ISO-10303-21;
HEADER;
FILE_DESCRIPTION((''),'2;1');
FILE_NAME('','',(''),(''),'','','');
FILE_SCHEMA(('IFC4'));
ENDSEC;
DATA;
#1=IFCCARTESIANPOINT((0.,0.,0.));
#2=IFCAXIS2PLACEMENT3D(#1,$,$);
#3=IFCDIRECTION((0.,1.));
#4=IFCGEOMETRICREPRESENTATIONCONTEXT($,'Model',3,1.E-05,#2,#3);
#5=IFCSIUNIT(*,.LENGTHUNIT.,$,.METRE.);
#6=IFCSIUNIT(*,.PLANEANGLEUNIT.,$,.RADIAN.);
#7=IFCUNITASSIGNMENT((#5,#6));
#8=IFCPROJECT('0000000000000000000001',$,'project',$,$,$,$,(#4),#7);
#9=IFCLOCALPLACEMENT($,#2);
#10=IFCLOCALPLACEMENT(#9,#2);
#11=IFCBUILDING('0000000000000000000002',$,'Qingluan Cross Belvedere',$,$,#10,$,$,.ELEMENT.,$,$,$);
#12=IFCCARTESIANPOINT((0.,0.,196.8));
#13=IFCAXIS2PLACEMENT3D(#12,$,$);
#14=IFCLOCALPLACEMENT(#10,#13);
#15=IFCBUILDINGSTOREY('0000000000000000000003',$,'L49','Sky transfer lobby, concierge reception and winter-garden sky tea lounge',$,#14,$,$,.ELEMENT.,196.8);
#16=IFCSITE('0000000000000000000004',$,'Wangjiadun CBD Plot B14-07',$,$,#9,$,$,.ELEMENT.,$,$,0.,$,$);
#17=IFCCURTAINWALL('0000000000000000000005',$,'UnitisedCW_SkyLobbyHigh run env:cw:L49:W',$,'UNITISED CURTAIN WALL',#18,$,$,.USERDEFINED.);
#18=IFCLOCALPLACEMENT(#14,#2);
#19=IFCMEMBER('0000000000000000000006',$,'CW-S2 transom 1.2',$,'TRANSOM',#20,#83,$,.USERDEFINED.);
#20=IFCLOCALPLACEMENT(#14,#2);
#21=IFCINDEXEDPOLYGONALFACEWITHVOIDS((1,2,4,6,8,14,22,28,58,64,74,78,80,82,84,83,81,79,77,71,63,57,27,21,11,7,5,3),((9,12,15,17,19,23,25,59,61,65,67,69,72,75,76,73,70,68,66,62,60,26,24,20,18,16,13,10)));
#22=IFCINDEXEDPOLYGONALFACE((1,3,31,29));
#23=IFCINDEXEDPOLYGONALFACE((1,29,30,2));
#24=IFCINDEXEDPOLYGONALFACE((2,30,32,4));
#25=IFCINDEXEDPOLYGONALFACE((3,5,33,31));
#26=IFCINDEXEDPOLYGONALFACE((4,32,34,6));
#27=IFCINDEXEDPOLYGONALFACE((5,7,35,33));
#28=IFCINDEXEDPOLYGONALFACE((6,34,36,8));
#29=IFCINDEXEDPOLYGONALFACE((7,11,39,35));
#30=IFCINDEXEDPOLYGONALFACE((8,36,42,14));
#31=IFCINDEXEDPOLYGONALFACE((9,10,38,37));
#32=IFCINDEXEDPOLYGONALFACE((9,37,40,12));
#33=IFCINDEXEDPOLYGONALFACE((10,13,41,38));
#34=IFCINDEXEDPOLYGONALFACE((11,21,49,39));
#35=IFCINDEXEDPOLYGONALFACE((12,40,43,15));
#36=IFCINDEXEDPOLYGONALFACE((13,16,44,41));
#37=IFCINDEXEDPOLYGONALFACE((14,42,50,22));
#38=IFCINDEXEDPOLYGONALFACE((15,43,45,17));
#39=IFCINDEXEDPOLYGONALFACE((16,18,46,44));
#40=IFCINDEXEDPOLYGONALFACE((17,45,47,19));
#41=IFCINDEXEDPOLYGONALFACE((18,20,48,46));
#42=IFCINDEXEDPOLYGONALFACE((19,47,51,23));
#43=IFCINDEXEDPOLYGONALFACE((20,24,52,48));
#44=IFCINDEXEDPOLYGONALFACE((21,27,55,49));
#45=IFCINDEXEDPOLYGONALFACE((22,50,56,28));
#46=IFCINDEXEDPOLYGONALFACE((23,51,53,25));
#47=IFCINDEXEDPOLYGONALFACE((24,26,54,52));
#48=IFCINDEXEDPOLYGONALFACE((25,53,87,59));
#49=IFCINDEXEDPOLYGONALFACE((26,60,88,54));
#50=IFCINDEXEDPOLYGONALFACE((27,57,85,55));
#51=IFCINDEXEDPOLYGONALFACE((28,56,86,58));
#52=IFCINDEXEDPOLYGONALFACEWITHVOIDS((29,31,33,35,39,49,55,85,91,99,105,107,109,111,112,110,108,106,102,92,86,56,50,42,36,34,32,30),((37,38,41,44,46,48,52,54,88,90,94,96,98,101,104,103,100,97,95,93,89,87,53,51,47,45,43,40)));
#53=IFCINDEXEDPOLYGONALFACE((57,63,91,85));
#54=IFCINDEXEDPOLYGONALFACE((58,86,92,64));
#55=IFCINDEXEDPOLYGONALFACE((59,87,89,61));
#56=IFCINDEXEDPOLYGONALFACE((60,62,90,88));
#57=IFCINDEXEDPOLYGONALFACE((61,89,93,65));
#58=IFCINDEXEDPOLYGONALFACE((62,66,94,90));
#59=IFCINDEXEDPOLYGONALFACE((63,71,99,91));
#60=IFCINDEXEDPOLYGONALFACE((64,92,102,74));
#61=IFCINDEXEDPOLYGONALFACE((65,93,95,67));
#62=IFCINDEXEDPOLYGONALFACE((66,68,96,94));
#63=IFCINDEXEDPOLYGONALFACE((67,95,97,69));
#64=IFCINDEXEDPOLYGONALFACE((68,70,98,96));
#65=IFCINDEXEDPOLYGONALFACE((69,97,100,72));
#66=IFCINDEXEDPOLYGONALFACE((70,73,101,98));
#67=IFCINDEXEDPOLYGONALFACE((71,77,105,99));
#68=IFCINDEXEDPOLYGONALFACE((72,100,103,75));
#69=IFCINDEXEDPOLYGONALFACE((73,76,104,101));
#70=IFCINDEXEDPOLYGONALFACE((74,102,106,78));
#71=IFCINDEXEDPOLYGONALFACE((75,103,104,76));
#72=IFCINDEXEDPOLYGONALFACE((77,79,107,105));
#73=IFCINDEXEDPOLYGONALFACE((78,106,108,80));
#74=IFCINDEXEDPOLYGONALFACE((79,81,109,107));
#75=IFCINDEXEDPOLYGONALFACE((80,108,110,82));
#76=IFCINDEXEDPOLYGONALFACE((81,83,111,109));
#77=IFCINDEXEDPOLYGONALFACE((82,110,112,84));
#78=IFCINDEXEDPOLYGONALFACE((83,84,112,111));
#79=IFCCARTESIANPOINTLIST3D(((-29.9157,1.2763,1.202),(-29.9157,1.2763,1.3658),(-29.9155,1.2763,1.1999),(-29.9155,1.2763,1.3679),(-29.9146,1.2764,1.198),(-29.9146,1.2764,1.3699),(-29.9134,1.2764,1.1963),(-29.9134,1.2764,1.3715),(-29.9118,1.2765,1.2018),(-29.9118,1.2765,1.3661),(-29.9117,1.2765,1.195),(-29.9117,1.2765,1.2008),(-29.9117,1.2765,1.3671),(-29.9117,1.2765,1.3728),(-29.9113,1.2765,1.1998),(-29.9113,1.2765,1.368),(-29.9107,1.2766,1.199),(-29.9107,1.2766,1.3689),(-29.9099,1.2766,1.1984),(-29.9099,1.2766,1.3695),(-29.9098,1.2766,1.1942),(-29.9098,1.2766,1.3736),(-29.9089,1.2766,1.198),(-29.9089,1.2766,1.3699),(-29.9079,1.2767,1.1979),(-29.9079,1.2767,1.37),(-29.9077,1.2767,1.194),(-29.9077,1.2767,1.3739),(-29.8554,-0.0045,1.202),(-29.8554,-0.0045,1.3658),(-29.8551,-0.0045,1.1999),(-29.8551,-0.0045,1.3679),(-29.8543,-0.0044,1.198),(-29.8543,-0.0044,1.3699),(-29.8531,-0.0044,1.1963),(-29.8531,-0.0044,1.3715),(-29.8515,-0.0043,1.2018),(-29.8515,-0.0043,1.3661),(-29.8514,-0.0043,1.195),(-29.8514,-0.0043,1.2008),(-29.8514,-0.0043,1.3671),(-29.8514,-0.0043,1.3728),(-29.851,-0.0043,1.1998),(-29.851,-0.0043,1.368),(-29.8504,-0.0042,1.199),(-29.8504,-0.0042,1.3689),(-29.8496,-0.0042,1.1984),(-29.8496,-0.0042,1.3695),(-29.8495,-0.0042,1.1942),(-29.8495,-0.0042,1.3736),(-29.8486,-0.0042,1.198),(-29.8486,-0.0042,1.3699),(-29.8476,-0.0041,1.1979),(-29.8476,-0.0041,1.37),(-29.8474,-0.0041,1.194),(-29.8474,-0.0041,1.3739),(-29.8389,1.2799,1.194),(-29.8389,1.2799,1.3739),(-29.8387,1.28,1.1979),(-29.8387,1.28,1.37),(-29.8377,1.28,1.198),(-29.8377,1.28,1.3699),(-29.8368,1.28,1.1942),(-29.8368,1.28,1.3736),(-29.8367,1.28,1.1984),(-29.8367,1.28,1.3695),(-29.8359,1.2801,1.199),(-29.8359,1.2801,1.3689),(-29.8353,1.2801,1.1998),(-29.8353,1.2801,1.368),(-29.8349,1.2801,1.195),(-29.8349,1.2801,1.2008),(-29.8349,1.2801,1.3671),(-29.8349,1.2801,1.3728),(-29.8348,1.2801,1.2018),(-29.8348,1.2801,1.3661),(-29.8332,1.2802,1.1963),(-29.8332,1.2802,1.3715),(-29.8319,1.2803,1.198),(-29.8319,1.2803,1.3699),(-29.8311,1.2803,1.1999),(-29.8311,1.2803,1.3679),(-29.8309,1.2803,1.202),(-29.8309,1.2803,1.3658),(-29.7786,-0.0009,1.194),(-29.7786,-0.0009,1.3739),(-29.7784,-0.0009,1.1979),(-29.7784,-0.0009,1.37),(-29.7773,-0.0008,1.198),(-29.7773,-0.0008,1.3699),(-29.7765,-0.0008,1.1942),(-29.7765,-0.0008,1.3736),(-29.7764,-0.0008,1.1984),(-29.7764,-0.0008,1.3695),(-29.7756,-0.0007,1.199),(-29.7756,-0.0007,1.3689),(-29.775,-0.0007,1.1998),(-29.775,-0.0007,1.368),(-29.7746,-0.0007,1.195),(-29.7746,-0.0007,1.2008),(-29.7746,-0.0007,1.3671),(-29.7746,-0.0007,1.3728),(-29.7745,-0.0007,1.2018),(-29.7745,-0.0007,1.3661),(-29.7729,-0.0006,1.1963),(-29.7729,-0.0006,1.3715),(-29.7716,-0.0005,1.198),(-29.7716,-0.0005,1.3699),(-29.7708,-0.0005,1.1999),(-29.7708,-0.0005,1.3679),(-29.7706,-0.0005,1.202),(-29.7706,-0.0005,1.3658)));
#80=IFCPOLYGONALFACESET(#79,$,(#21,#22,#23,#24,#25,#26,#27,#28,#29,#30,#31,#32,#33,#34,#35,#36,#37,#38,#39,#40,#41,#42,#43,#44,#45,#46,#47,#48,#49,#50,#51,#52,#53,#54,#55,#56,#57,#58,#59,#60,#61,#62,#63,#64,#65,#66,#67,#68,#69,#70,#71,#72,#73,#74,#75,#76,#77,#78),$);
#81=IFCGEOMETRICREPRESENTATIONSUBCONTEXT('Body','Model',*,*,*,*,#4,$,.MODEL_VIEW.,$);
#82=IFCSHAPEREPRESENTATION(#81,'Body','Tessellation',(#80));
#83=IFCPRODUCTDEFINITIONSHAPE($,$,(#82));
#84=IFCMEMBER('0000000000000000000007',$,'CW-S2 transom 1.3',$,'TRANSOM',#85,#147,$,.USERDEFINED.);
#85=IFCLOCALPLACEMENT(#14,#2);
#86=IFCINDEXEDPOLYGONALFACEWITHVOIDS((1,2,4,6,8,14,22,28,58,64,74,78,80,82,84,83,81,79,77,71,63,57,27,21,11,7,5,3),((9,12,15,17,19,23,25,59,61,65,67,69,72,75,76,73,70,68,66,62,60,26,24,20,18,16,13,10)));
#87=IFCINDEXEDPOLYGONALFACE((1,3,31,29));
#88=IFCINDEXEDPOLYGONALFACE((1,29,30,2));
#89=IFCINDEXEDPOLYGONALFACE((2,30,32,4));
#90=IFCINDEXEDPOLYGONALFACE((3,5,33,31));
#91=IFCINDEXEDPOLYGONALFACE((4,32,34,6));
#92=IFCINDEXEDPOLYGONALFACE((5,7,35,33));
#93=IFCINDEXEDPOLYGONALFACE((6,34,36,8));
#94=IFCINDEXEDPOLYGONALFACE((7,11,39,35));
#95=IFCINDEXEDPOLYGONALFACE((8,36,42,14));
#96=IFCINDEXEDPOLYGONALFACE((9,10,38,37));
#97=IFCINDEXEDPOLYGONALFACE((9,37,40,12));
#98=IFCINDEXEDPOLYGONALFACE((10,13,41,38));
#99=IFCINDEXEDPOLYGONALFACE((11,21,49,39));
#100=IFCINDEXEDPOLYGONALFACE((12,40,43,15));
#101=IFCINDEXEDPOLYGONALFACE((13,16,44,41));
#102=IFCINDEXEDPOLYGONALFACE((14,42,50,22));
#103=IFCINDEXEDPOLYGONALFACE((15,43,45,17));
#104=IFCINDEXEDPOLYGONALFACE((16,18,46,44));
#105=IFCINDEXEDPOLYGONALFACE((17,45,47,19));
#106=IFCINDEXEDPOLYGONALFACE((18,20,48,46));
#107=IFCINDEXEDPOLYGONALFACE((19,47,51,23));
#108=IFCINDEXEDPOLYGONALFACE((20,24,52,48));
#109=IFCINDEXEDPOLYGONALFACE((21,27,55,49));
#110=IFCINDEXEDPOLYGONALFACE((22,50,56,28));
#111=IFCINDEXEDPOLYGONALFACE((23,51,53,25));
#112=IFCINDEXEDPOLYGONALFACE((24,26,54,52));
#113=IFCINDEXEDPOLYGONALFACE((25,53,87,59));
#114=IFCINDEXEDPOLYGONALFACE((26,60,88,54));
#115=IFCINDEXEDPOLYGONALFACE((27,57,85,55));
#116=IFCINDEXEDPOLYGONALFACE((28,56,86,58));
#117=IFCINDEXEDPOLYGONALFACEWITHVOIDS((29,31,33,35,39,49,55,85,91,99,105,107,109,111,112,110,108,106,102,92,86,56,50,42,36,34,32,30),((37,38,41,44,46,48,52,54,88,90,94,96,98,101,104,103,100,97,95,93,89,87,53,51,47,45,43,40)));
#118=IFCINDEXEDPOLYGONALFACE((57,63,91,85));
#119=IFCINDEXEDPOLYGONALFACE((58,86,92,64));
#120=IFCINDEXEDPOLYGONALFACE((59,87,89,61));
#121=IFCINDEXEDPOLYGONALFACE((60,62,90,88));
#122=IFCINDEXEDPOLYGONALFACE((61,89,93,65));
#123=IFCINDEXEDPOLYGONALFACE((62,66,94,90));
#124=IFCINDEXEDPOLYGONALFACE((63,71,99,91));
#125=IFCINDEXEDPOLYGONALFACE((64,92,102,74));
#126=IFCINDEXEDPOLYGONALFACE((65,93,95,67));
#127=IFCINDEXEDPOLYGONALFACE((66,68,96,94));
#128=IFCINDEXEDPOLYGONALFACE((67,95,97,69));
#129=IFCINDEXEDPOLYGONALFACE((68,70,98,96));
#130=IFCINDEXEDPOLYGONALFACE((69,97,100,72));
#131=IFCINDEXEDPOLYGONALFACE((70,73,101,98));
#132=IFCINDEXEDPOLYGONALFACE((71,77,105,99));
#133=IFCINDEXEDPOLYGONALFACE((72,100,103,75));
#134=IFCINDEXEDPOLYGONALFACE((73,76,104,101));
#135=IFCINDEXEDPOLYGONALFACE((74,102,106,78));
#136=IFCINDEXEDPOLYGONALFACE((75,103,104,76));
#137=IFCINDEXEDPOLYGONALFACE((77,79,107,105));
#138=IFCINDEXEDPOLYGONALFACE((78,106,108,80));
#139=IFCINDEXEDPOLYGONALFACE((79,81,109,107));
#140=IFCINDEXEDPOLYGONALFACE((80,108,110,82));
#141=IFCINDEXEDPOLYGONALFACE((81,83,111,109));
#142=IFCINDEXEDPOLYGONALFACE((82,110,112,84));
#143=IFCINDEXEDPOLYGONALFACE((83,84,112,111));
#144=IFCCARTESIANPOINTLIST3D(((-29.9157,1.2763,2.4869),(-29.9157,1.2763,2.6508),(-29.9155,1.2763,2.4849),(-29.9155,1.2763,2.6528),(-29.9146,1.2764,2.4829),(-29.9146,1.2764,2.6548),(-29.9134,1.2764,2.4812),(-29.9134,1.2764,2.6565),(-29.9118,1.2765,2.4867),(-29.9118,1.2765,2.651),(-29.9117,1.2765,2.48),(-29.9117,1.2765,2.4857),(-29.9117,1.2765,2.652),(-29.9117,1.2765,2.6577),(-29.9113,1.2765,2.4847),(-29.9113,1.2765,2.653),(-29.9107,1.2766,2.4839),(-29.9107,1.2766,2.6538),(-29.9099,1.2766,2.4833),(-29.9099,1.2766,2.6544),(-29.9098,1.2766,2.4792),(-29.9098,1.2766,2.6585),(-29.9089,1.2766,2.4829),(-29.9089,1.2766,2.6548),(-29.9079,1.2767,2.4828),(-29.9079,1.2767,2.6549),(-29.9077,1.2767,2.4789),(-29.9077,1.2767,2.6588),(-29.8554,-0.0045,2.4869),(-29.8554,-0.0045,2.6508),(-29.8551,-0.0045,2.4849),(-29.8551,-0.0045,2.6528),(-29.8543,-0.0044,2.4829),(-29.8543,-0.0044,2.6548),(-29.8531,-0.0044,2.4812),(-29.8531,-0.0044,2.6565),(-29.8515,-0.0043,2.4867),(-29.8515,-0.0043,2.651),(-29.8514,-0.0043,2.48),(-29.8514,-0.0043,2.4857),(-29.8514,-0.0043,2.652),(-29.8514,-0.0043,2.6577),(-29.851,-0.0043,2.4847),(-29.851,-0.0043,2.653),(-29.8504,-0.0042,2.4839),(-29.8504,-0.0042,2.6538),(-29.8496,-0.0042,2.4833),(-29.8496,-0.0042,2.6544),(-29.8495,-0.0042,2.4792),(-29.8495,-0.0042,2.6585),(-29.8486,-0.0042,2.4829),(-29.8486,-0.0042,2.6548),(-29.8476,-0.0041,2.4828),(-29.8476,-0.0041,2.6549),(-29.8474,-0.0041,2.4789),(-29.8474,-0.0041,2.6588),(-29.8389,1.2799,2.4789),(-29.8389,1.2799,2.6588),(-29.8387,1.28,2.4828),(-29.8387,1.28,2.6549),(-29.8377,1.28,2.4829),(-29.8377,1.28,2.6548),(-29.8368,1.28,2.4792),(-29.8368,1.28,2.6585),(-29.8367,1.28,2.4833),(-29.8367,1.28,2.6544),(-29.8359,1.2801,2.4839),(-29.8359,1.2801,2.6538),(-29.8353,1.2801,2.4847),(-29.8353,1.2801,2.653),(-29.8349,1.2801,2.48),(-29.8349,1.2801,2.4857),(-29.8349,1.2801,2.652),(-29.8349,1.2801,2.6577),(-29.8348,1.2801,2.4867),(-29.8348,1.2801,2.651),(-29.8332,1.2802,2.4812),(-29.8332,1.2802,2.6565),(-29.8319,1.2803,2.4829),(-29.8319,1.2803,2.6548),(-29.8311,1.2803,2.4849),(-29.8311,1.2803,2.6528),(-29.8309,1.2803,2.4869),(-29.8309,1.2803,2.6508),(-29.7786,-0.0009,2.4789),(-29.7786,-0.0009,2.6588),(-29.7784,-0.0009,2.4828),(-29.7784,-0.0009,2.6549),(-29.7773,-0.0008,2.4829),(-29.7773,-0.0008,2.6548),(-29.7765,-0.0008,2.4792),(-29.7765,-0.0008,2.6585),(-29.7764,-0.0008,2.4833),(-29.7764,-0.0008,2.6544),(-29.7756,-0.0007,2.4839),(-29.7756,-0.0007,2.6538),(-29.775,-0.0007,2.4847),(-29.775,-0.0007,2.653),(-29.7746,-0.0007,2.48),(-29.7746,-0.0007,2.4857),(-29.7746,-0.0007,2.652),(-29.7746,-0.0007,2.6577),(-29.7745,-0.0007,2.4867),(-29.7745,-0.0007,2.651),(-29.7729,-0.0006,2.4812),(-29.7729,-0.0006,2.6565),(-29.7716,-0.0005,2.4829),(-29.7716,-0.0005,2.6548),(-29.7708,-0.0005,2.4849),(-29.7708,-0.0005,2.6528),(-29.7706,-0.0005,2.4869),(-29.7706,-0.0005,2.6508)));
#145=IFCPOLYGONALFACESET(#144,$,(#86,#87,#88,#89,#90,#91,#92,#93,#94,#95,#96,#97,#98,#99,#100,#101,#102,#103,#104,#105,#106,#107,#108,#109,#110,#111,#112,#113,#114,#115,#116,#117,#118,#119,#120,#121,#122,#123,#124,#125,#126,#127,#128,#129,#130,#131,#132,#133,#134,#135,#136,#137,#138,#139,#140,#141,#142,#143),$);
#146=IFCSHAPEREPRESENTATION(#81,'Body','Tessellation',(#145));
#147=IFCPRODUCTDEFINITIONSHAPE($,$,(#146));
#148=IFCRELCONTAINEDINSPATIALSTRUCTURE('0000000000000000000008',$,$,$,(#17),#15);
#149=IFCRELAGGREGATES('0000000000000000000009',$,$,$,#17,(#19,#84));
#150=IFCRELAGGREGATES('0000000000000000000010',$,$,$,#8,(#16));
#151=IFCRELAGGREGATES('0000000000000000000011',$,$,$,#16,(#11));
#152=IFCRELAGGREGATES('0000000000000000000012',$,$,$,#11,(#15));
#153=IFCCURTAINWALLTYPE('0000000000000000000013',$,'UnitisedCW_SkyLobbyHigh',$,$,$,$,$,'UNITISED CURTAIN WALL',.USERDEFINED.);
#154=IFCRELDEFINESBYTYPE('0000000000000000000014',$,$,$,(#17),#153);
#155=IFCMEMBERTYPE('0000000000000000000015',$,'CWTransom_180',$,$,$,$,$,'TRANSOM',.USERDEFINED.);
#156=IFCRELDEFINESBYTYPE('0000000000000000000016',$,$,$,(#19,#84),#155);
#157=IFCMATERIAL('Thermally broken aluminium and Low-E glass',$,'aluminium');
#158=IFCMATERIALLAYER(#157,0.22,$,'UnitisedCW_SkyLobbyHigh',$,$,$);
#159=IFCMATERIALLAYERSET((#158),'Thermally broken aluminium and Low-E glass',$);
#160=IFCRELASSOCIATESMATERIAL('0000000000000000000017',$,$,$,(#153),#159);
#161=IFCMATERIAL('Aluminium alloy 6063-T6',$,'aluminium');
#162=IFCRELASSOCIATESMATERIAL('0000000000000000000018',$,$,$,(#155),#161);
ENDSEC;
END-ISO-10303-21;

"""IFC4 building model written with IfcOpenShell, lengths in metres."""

from ifc_helpers import new_model, si_unit, direction, frame, origin, origin_2d, place, context, subcontext, project, spatial, hollow_rectangle, extrude, material, layer, layer_set, material_profile, profile_set, type_object, element, aggregate, save


model = new_model("IFC4")

# Units and contexts
model_context = context("Model", 3, precision=1e-05, world=origin(), true_north=direction((0.0, 1.0)))
body_context = subcontext(model_context, "Body", "Model", "MODEL_VIEW")
ifc_project = project(units=[si_unit("LENGTHUNIT", "METRE"), si_unit("PLANEANGLEUNIT", "RADIAN")], contexts=[model_context])

# Site, building, storey
site_placement = place(None, origin())
site = spatial("IfcSite", under=ifc_project, at=site_placement, Name="Wangjiadun CBD Plot B14-07", CompositionType="ELEMENT", RefElevation=0.0)
building_placement = place(site_placement, origin())
building = spatial("IfcBuilding", under=site, at=building_placement, Name="Qingluan Cross Belvedere", CompositionType="ELEMENT")
storey_placement = place(building_placement, frame((0.0, 0.0, 196.8)))
storey = spatial("IfcBuildingStorey", under=building, at=storey_placement, Name="L49", Description="Sky transfer lobby, concierge reception and winter-garden sky tea lounge", CompositionType="ELEMENT", Elevation=196.8)

# Curtain wall, members
ifc_material_1 = material(Name="Thermally broken aluminium and Low-E glass", Category="aluminium")
ifc_layer_1 = layer(ifc_material_1, 0.22, Name="UnitisedCW_SkyLobbyHigh")
ifc_layer_set_1 = layer_set([ifc_layer_1], Name="Thermally broken aluminium and Low-E glass")
curtain_wall_type = type_object("IfcCurtainWallType", Name="UnitisedCW_SkyLobbyHigh", ElementType="UNITISED CURTAIN WALL", PredefinedType="USERDEFINED", material=ifc_layer_set_1)
curtain_wall_placement = place(storey_placement, origin())
curtain_wall = element("IfcCurtainWall", 1, at=curtain_wall_placement, inside=storey, type_object=curtain_wall_type, Name="UnitisedCW_SkyLobbyHigh run env:cw:L49:W", ObjectType="UNITISED CURTAIN WALL", PredefinedType="USERDEFINED")
ifc_material_2 = material(Name="Aluminium alloy 6063-T6", Category="aluminium")
ifc_material_profile_1 = material_profile(ifc_material_2, hollow_rectangle(XDim=0.085, YDim=0.1799, WallThickness=0.0039, InnerFilletRadius=0.0039, OuterFilletRadius=0.0081, at=origin_2d()), Name="CWT180x85x4")
ifc_profile_set_1 = profile_set([ifc_material_profile_1], Name="Aluminium alloy 6063-T6")
member_type_1 = type_object("IfcMemberType", Name="CWTransom_180", ElementType="TRANSOM", PredefinedType="USERDEFINED", material=ifc_profile_set_1)
member_1_placement = place(storey_placement, frame((-29.8733, 1.2783, 1.2839), z_axis=(0.047031, -0.998893, 0.0), x_axis=(0.998893, 0.047031, 0.0)))
member_1 = element("IfcMember", 2, at=member_1_placement, type_object=member_type_1, Name="CW-S2 transom 1.2", ObjectType="TRANSOM", PredefinedType="USERDEFINED", context=body_context, shape_type="SweptSolid", body=[
    extrude(hollow_rectangle(XDim=0.085, YDim=0.1799, WallThickness=0.0039, InnerFilletRadius=0.0039, OuterFilletRadius=0.0081, at=origin_2d()), origin(), (0.0, 0.0, 1.0), 1.2822),
])
member_2_placement = place(storey_placement, frame((-29.8733, 1.2783, 2.5688), z_axis=(0.047031, -0.998893, 0.0), x_axis=(0.998893, 0.047031, 0.0)))
member_2 = element("IfcMember", 3, at=member_2_placement, type_object=member_type_1, Name="CW-S2 transom 1.3", ObjectType="TRANSOM", PredefinedType="USERDEFINED", context=body_context, shape_type="SweptSolid", body=[
    extrude(hollow_rectangle(XDim=0.085, YDim=0.1799, WallThickness=0.0039, InnerFilletRadius=0.0039, OuterFilletRadius=0.0081, at=origin_2d()), origin(), (0.0, 0.0, 1.0), 1.2822),
])
aggregate(curtain_wall, [member_1, member_2])

save(model, "model.ifc")
